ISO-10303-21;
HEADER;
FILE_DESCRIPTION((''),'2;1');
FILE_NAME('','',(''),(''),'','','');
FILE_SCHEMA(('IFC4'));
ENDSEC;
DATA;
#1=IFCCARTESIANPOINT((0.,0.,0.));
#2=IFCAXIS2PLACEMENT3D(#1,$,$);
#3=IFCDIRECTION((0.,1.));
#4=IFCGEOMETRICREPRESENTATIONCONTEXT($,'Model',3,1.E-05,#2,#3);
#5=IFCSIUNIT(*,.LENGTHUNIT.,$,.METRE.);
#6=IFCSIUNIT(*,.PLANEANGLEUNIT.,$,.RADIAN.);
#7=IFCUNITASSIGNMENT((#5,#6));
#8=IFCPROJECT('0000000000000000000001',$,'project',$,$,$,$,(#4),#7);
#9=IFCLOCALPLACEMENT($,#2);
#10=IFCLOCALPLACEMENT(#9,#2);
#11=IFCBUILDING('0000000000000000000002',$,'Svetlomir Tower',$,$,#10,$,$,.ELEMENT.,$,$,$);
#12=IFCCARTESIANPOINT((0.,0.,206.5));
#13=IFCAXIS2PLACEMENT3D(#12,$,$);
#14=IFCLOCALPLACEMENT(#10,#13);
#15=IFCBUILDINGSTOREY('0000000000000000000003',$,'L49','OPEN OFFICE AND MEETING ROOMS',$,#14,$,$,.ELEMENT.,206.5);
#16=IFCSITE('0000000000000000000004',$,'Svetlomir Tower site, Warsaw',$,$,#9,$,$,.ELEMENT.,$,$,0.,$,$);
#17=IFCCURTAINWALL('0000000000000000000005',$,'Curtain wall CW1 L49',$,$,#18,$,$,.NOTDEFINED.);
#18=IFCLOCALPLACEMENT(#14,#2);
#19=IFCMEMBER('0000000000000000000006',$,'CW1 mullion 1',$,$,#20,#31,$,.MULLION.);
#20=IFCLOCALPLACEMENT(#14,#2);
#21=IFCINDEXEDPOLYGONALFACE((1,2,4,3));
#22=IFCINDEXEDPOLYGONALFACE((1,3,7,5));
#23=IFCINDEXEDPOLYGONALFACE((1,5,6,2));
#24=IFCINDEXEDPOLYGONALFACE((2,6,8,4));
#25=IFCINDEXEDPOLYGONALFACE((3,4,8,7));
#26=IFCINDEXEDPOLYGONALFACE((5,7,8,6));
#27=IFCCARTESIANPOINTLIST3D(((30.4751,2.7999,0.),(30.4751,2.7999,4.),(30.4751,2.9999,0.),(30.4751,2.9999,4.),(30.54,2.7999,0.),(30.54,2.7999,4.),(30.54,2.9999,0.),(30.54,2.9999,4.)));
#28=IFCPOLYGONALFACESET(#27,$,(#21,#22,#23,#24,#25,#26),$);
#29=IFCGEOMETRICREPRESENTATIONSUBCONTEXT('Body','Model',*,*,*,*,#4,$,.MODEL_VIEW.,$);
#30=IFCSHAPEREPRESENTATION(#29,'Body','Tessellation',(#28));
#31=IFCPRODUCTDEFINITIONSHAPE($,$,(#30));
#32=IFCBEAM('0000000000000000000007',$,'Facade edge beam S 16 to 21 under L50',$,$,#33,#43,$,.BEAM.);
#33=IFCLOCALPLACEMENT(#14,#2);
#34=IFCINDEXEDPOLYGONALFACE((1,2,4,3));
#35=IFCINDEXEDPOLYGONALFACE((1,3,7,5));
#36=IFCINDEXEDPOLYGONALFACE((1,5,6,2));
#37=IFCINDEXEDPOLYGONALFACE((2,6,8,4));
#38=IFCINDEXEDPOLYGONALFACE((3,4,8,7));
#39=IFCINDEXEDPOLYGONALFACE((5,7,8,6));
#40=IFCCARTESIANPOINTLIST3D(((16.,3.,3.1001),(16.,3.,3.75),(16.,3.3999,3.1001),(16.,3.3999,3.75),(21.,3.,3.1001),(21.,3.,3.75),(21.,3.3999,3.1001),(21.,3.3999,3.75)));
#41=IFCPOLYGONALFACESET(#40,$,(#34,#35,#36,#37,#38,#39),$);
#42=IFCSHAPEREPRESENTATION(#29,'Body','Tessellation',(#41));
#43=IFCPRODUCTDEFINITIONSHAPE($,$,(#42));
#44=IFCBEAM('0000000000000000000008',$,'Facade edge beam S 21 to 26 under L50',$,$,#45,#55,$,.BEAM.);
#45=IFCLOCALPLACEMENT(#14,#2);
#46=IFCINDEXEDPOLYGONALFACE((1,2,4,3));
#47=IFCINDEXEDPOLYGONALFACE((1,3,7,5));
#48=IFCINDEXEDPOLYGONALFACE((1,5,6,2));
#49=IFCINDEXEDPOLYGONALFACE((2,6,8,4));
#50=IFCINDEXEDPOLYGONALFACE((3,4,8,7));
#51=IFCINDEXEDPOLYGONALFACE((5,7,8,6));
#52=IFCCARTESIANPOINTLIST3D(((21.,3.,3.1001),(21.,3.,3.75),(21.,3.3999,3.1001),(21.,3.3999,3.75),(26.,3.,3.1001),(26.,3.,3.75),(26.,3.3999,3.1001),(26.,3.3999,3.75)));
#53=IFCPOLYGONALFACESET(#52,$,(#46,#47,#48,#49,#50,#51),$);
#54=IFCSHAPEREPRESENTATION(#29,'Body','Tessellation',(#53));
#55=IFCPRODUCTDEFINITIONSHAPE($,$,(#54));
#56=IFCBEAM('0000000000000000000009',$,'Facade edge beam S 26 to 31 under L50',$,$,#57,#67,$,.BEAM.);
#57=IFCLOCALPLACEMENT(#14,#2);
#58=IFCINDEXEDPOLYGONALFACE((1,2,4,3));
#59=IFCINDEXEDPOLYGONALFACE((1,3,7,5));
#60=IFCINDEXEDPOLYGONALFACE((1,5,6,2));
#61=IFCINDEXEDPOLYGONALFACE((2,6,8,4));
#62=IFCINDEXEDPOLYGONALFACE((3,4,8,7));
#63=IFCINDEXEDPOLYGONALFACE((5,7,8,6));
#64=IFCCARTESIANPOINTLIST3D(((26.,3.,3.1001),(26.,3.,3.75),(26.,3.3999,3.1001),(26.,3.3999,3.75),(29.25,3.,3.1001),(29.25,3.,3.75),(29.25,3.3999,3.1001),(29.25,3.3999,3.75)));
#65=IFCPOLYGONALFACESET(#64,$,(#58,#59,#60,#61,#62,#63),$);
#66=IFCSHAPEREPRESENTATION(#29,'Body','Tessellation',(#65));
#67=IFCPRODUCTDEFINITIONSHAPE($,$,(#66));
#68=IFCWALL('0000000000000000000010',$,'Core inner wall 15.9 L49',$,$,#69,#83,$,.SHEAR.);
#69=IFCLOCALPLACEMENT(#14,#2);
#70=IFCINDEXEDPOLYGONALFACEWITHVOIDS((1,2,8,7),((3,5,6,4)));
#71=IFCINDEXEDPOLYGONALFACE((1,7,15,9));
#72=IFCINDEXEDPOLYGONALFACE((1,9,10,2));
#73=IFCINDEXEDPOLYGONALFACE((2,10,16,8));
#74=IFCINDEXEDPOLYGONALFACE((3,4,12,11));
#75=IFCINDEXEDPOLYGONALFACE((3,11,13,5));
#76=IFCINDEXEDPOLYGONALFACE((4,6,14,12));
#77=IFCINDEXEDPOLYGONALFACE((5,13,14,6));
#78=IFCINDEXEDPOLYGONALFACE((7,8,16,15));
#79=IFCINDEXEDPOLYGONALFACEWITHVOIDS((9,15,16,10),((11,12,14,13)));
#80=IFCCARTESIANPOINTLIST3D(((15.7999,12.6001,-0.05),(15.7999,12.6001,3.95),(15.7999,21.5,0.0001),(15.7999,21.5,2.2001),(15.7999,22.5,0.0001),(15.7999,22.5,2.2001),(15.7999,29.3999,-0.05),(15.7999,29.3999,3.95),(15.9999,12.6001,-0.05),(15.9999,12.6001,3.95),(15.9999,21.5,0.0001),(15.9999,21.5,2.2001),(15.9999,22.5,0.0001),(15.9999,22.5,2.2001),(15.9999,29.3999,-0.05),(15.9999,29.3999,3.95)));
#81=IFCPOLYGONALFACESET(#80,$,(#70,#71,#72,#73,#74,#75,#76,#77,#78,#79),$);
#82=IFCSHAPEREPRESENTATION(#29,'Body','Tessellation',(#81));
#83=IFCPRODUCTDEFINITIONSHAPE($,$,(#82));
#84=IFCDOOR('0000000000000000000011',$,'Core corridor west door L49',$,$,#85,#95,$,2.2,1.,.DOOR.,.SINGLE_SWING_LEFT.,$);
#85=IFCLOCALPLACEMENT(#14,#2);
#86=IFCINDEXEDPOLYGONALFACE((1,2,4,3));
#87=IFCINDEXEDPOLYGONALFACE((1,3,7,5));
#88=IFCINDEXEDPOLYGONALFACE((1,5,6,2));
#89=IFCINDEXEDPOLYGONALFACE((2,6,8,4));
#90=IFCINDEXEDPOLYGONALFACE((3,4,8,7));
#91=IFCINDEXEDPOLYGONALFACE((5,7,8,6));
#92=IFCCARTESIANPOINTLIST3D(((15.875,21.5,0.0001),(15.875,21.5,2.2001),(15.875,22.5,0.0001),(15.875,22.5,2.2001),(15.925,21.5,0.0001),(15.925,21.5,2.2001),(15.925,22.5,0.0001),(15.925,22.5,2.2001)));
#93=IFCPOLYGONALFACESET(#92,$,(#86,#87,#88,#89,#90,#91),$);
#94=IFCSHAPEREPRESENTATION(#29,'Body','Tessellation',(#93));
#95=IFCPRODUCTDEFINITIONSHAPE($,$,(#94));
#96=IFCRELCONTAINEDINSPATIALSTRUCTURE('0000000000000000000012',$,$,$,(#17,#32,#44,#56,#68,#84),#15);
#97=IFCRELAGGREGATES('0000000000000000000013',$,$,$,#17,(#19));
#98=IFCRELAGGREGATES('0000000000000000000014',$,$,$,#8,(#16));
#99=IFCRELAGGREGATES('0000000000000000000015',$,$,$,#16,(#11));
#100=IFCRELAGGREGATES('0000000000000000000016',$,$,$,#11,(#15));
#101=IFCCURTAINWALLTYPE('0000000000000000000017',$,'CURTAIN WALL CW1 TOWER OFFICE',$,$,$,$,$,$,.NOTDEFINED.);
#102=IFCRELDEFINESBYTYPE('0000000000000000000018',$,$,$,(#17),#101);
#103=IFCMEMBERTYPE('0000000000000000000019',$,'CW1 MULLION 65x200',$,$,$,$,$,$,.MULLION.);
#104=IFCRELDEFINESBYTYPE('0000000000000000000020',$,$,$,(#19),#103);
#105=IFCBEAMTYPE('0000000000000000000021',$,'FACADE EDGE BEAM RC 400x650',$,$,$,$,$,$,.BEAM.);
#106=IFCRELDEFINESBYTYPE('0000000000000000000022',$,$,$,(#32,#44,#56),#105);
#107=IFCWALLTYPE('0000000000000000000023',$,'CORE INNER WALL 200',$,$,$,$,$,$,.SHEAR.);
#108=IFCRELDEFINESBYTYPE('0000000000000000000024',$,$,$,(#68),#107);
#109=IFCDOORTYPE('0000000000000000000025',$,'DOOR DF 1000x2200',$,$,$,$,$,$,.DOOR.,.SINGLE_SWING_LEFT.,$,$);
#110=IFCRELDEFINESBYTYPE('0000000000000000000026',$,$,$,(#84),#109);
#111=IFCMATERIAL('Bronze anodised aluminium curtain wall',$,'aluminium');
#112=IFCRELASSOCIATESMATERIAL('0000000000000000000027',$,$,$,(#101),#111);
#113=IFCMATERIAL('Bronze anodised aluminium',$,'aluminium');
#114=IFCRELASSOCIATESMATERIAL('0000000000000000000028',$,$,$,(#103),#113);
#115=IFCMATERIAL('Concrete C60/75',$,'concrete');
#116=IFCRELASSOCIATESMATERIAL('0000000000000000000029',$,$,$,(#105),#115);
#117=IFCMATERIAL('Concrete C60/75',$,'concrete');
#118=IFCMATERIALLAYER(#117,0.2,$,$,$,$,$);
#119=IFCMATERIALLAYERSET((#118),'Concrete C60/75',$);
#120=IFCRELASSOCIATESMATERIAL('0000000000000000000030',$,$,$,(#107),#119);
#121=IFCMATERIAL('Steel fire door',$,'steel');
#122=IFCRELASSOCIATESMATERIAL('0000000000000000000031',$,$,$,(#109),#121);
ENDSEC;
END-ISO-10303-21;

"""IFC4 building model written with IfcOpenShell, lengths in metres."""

from ifc_helpers import new_model, si_unit, direction, frame, frame_2d, origin, origin_2d, place, context, subcontext, project, spatial, rectangle, extrude, material, layer, layer_set, material_profile, profile_set, type_object, element, fill, aggregate, save


model = new_model("IFC4")

# Units and contexts
model_context = context("Model", 3, precision=1e-05, world=origin(), true_north=direction((0.0, 1.0)))
body_context = subcontext(model_context, "Body", "Model", "MODEL_VIEW")
ifc_project = project(units=[si_unit("LENGTHUNIT", "METRE"), si_unit("PLANEANGLEUNIT", "RADIAN")], contexts=[model_context])

# Site, building, storey
site_placement = place(None, origin())
site = spatial("IfcSite", under=ifc_project, at=site_placement, Name="Svetlomir Tower site, Warsaw", CompositionType="ELEMENT", RefElevation=0.0)
building_placement = place(site_placement, origin())
building = spatial("IfcBuilding", under=site, at=building_placement, Name="Svetlomir Tower", CompositionType="ELEMENT")
storey_placement = place(building_placement, frame((0.0, 0.0, 206.5)))
storey = spatial("IfcBuildingStorey", under=building, at=storey_placement, Name="L49", Description="OPEN OFFICE AND MEETING ROOMS", CompositionType="ELEMENT", Elevation=206.5)

# Curtain wall, member
ifc_material_1 = material(Name="Bronze anodised aluminium curtain wall", Category="aluminium")
curtain_wall_type = type_object("IfcCurtainWallType", Name="CURTAIN WALL CW1 TOWER OFFICE", PredefinedType="NOTDEFINED", material=ifc_material_1)
curtain_wall_placement = place(storey_placement, origin())
curtain_wall = element("IfcCurtainWall", 1, at=curtain_wall_placement, inside=storey, type_object=curtain_wall_type, Name="Curtain wall CW1 L49", PredefinedType="NOTDEFINED")
ifc_material_2 = material(Name="Bronze anodised aluminium", Category="aluminium")
ifc_material_profile_1 = material_profile(ifc_material_2, rectangle(XDim=0.0649, YDim=0.2, at=origin_2d()), Name="AL 65x200")
ifc_profile_set_1 = profile_set([ifc_material_profile_1], Name="Bronze anodised aluminium 6063-T6")
member_type = type_object("IfcMemberType", Name="CW1 MULLION 65x200", PredefinedType="MULLION", material=ifc_profile_set_1)
member_placement = place(storey_placement, frame((30.5076, 2.8999, 0.0), z_axis=(0.0, 0.0, 1.0), x_axis=(1.0, 0.0, 0.0)))
member = element("IfcMember", 2, at=member_placement, type_object=member_type, Name="CW1 mullion 1", PredefinedType="MULLION", context=body_context, shape_type="SweptSolid", body=[
    extrude(rectangle(XDim=0.0649, YDim=0.2, at=origin_2d()), origin(), (0.0, 0.0, 1.0), 4.0),
])
aggregate(curtain_wall, [member])

# Beams
ifc_material_3 = material(Name="Concrete C60/75", Category="concrete")
ifc_material_profile_2 = material_profile(ifc_material_3, rectangle(XDim=0.3999, YDim=0.6499, at=origin_2d()), Name="RC 400x650")
ifc_profile_set_2 = profile_set([ifc_material_profile_2], Name="Concrete C60/75")
beam_type = type_object("IfcBeamType", Name="FACADE EDGE BEAM RC 400x650", PredefinedType="BEAM", material=ifc_profile_set_2)
for number, where, z_axis, x_axis, name in (
    (3, (16.0, 3.2, 3.425), (1.0, 0.0, 0.0), (0.0, 1.0, 0.0), "Facade edge beam S 16 to 21 under L50"),
    (4, (21.0, 3.2, 3.425), (1.0, 0.0, 0.0), (0.0, 1.0, 0.0), "Facade edge beam S 21 to 26 under L50"),
):
    element("IfcBeam", number, at=place(storey_placement, frame(where, z_axis=z_axis, x_axis=x_axis)), inside=storey, type_object=beam_type, Name=name, PredefinedType="BEAM", context=body_context, shape_type="SweptSolid", body=[
        extrude(rectangle(XDim=0.3999, YDim=0.6499, at=origin_2d()), origin(), (0.0, 0.0, 1.0), 5.0),
    ])
beam_placement = place(storey_placement, frame((26.0, 3.2, 3.425), z_axis=(1.0, 0.0, 0.0), x_axis=(0.0, 1.0, 0.0)))
element("IfcBeam", 5, at=beam_placement, inside=storey, type_object=beam_type, Name="Facade edge beam S 26 to 31 under L50", PredefinedType="BEAM", context=body_context, shape_type="SweptSolid", body=[
    extrude(rectangle(XDim=0.3999, YDim=0.6499, at=origin_2d()), origin(), (0.0, 0.0, 1.0), 3.25),
])

# Wall, opening, door
ifc_material_4 = material(Name="Concrete C60/75", Category="concrete")
ifc_layer_1 = layer(ifc_material_4, 0.2)
ifc_layer_set_1 = layer_set([ifc_layer_1], Name="Concrete C60/75")
wall_type_1 = type_object("IfcWallType", Name="CORE INNER WALL 200", PredefinedType="SHEAR", material=ifc_layer_set_1)
wall_1_placement = place(storey_placement, frame((15.8999, 12.6001, -0.05), z_axis=(0.0, 0.0, 1.0), x_axis=(0.0, 1.0, 0.0)))
wall_1 = element("IfcWall", 6, at=wall_1_placement, inside=storey, type_object=wall_type_1, Name="Core inner wall 15.9 L49", PredefinedType="SHEAR", context=body_context, shape_type="SweptSolid", body=[
    extrude(rectangle(XDim=16.7998, YDim=0.2, at=frame_2d((8.3999, 0.0))), origin(), (0.0, 0.0, 1.0), 4.0),
])
opening_1_placement = place(wall_1_placement, frame((8.8999, 0.0, 0.05)))
opening_1 = element("IfcOpeningElement", 7, at=opening_1_placement, cuts=wall_1, PredefinedType="OPENING", context=body_context, shape_type="SweptSolid", body=[
    extrude(rectangle(XDim=1.0, YDim=2.2, at=frame_2d((0.5, 1.1001))), frame((0.0, 0.1099, 0.0), z_axis=(0.0, -1.0, 0.0), x_axis=(1.0, 0.0, 0.0)), (0.0, 0.0, 1.0), 0.22),
])
ifc_material_5 = material(Name="Steel fire door", Category="steel")
door_type_1 = type_object("IfcDoorType", Name="DOOR DF 1000x2200", OperationType="SINGLE_SWING_LEFT", PredefinedType="DOOR", material=ifc_material_5)
door_1_placement = place(opening_1_placement, origin())
door_1 = element("IfcDoor", 8, at=door_1_placement, inside=storey, type_object=door_type_1, Name="Core corridor west door L49", OperationType="SINGLE_SWING_LEFT", OverallHeight=2.2, OverallWidth=1.0, PredefinedType="DOOR", context=body_context, shape_type="SweptSolid", body=[
    extrude(rectangle(XDim=1.0, YDim=2.2, at=frame_2d((0.5, 1.1001))), frame((0.0, 0.0249, 0.0), z_axis=(0.0, -1.0, 0.0), x_axis=(1.0, 0.0, 0.0)), (0.0, 0.0, 1.0), 0.05),
])
fill(opening_1, door_1)

save(model, "model.ifc")
